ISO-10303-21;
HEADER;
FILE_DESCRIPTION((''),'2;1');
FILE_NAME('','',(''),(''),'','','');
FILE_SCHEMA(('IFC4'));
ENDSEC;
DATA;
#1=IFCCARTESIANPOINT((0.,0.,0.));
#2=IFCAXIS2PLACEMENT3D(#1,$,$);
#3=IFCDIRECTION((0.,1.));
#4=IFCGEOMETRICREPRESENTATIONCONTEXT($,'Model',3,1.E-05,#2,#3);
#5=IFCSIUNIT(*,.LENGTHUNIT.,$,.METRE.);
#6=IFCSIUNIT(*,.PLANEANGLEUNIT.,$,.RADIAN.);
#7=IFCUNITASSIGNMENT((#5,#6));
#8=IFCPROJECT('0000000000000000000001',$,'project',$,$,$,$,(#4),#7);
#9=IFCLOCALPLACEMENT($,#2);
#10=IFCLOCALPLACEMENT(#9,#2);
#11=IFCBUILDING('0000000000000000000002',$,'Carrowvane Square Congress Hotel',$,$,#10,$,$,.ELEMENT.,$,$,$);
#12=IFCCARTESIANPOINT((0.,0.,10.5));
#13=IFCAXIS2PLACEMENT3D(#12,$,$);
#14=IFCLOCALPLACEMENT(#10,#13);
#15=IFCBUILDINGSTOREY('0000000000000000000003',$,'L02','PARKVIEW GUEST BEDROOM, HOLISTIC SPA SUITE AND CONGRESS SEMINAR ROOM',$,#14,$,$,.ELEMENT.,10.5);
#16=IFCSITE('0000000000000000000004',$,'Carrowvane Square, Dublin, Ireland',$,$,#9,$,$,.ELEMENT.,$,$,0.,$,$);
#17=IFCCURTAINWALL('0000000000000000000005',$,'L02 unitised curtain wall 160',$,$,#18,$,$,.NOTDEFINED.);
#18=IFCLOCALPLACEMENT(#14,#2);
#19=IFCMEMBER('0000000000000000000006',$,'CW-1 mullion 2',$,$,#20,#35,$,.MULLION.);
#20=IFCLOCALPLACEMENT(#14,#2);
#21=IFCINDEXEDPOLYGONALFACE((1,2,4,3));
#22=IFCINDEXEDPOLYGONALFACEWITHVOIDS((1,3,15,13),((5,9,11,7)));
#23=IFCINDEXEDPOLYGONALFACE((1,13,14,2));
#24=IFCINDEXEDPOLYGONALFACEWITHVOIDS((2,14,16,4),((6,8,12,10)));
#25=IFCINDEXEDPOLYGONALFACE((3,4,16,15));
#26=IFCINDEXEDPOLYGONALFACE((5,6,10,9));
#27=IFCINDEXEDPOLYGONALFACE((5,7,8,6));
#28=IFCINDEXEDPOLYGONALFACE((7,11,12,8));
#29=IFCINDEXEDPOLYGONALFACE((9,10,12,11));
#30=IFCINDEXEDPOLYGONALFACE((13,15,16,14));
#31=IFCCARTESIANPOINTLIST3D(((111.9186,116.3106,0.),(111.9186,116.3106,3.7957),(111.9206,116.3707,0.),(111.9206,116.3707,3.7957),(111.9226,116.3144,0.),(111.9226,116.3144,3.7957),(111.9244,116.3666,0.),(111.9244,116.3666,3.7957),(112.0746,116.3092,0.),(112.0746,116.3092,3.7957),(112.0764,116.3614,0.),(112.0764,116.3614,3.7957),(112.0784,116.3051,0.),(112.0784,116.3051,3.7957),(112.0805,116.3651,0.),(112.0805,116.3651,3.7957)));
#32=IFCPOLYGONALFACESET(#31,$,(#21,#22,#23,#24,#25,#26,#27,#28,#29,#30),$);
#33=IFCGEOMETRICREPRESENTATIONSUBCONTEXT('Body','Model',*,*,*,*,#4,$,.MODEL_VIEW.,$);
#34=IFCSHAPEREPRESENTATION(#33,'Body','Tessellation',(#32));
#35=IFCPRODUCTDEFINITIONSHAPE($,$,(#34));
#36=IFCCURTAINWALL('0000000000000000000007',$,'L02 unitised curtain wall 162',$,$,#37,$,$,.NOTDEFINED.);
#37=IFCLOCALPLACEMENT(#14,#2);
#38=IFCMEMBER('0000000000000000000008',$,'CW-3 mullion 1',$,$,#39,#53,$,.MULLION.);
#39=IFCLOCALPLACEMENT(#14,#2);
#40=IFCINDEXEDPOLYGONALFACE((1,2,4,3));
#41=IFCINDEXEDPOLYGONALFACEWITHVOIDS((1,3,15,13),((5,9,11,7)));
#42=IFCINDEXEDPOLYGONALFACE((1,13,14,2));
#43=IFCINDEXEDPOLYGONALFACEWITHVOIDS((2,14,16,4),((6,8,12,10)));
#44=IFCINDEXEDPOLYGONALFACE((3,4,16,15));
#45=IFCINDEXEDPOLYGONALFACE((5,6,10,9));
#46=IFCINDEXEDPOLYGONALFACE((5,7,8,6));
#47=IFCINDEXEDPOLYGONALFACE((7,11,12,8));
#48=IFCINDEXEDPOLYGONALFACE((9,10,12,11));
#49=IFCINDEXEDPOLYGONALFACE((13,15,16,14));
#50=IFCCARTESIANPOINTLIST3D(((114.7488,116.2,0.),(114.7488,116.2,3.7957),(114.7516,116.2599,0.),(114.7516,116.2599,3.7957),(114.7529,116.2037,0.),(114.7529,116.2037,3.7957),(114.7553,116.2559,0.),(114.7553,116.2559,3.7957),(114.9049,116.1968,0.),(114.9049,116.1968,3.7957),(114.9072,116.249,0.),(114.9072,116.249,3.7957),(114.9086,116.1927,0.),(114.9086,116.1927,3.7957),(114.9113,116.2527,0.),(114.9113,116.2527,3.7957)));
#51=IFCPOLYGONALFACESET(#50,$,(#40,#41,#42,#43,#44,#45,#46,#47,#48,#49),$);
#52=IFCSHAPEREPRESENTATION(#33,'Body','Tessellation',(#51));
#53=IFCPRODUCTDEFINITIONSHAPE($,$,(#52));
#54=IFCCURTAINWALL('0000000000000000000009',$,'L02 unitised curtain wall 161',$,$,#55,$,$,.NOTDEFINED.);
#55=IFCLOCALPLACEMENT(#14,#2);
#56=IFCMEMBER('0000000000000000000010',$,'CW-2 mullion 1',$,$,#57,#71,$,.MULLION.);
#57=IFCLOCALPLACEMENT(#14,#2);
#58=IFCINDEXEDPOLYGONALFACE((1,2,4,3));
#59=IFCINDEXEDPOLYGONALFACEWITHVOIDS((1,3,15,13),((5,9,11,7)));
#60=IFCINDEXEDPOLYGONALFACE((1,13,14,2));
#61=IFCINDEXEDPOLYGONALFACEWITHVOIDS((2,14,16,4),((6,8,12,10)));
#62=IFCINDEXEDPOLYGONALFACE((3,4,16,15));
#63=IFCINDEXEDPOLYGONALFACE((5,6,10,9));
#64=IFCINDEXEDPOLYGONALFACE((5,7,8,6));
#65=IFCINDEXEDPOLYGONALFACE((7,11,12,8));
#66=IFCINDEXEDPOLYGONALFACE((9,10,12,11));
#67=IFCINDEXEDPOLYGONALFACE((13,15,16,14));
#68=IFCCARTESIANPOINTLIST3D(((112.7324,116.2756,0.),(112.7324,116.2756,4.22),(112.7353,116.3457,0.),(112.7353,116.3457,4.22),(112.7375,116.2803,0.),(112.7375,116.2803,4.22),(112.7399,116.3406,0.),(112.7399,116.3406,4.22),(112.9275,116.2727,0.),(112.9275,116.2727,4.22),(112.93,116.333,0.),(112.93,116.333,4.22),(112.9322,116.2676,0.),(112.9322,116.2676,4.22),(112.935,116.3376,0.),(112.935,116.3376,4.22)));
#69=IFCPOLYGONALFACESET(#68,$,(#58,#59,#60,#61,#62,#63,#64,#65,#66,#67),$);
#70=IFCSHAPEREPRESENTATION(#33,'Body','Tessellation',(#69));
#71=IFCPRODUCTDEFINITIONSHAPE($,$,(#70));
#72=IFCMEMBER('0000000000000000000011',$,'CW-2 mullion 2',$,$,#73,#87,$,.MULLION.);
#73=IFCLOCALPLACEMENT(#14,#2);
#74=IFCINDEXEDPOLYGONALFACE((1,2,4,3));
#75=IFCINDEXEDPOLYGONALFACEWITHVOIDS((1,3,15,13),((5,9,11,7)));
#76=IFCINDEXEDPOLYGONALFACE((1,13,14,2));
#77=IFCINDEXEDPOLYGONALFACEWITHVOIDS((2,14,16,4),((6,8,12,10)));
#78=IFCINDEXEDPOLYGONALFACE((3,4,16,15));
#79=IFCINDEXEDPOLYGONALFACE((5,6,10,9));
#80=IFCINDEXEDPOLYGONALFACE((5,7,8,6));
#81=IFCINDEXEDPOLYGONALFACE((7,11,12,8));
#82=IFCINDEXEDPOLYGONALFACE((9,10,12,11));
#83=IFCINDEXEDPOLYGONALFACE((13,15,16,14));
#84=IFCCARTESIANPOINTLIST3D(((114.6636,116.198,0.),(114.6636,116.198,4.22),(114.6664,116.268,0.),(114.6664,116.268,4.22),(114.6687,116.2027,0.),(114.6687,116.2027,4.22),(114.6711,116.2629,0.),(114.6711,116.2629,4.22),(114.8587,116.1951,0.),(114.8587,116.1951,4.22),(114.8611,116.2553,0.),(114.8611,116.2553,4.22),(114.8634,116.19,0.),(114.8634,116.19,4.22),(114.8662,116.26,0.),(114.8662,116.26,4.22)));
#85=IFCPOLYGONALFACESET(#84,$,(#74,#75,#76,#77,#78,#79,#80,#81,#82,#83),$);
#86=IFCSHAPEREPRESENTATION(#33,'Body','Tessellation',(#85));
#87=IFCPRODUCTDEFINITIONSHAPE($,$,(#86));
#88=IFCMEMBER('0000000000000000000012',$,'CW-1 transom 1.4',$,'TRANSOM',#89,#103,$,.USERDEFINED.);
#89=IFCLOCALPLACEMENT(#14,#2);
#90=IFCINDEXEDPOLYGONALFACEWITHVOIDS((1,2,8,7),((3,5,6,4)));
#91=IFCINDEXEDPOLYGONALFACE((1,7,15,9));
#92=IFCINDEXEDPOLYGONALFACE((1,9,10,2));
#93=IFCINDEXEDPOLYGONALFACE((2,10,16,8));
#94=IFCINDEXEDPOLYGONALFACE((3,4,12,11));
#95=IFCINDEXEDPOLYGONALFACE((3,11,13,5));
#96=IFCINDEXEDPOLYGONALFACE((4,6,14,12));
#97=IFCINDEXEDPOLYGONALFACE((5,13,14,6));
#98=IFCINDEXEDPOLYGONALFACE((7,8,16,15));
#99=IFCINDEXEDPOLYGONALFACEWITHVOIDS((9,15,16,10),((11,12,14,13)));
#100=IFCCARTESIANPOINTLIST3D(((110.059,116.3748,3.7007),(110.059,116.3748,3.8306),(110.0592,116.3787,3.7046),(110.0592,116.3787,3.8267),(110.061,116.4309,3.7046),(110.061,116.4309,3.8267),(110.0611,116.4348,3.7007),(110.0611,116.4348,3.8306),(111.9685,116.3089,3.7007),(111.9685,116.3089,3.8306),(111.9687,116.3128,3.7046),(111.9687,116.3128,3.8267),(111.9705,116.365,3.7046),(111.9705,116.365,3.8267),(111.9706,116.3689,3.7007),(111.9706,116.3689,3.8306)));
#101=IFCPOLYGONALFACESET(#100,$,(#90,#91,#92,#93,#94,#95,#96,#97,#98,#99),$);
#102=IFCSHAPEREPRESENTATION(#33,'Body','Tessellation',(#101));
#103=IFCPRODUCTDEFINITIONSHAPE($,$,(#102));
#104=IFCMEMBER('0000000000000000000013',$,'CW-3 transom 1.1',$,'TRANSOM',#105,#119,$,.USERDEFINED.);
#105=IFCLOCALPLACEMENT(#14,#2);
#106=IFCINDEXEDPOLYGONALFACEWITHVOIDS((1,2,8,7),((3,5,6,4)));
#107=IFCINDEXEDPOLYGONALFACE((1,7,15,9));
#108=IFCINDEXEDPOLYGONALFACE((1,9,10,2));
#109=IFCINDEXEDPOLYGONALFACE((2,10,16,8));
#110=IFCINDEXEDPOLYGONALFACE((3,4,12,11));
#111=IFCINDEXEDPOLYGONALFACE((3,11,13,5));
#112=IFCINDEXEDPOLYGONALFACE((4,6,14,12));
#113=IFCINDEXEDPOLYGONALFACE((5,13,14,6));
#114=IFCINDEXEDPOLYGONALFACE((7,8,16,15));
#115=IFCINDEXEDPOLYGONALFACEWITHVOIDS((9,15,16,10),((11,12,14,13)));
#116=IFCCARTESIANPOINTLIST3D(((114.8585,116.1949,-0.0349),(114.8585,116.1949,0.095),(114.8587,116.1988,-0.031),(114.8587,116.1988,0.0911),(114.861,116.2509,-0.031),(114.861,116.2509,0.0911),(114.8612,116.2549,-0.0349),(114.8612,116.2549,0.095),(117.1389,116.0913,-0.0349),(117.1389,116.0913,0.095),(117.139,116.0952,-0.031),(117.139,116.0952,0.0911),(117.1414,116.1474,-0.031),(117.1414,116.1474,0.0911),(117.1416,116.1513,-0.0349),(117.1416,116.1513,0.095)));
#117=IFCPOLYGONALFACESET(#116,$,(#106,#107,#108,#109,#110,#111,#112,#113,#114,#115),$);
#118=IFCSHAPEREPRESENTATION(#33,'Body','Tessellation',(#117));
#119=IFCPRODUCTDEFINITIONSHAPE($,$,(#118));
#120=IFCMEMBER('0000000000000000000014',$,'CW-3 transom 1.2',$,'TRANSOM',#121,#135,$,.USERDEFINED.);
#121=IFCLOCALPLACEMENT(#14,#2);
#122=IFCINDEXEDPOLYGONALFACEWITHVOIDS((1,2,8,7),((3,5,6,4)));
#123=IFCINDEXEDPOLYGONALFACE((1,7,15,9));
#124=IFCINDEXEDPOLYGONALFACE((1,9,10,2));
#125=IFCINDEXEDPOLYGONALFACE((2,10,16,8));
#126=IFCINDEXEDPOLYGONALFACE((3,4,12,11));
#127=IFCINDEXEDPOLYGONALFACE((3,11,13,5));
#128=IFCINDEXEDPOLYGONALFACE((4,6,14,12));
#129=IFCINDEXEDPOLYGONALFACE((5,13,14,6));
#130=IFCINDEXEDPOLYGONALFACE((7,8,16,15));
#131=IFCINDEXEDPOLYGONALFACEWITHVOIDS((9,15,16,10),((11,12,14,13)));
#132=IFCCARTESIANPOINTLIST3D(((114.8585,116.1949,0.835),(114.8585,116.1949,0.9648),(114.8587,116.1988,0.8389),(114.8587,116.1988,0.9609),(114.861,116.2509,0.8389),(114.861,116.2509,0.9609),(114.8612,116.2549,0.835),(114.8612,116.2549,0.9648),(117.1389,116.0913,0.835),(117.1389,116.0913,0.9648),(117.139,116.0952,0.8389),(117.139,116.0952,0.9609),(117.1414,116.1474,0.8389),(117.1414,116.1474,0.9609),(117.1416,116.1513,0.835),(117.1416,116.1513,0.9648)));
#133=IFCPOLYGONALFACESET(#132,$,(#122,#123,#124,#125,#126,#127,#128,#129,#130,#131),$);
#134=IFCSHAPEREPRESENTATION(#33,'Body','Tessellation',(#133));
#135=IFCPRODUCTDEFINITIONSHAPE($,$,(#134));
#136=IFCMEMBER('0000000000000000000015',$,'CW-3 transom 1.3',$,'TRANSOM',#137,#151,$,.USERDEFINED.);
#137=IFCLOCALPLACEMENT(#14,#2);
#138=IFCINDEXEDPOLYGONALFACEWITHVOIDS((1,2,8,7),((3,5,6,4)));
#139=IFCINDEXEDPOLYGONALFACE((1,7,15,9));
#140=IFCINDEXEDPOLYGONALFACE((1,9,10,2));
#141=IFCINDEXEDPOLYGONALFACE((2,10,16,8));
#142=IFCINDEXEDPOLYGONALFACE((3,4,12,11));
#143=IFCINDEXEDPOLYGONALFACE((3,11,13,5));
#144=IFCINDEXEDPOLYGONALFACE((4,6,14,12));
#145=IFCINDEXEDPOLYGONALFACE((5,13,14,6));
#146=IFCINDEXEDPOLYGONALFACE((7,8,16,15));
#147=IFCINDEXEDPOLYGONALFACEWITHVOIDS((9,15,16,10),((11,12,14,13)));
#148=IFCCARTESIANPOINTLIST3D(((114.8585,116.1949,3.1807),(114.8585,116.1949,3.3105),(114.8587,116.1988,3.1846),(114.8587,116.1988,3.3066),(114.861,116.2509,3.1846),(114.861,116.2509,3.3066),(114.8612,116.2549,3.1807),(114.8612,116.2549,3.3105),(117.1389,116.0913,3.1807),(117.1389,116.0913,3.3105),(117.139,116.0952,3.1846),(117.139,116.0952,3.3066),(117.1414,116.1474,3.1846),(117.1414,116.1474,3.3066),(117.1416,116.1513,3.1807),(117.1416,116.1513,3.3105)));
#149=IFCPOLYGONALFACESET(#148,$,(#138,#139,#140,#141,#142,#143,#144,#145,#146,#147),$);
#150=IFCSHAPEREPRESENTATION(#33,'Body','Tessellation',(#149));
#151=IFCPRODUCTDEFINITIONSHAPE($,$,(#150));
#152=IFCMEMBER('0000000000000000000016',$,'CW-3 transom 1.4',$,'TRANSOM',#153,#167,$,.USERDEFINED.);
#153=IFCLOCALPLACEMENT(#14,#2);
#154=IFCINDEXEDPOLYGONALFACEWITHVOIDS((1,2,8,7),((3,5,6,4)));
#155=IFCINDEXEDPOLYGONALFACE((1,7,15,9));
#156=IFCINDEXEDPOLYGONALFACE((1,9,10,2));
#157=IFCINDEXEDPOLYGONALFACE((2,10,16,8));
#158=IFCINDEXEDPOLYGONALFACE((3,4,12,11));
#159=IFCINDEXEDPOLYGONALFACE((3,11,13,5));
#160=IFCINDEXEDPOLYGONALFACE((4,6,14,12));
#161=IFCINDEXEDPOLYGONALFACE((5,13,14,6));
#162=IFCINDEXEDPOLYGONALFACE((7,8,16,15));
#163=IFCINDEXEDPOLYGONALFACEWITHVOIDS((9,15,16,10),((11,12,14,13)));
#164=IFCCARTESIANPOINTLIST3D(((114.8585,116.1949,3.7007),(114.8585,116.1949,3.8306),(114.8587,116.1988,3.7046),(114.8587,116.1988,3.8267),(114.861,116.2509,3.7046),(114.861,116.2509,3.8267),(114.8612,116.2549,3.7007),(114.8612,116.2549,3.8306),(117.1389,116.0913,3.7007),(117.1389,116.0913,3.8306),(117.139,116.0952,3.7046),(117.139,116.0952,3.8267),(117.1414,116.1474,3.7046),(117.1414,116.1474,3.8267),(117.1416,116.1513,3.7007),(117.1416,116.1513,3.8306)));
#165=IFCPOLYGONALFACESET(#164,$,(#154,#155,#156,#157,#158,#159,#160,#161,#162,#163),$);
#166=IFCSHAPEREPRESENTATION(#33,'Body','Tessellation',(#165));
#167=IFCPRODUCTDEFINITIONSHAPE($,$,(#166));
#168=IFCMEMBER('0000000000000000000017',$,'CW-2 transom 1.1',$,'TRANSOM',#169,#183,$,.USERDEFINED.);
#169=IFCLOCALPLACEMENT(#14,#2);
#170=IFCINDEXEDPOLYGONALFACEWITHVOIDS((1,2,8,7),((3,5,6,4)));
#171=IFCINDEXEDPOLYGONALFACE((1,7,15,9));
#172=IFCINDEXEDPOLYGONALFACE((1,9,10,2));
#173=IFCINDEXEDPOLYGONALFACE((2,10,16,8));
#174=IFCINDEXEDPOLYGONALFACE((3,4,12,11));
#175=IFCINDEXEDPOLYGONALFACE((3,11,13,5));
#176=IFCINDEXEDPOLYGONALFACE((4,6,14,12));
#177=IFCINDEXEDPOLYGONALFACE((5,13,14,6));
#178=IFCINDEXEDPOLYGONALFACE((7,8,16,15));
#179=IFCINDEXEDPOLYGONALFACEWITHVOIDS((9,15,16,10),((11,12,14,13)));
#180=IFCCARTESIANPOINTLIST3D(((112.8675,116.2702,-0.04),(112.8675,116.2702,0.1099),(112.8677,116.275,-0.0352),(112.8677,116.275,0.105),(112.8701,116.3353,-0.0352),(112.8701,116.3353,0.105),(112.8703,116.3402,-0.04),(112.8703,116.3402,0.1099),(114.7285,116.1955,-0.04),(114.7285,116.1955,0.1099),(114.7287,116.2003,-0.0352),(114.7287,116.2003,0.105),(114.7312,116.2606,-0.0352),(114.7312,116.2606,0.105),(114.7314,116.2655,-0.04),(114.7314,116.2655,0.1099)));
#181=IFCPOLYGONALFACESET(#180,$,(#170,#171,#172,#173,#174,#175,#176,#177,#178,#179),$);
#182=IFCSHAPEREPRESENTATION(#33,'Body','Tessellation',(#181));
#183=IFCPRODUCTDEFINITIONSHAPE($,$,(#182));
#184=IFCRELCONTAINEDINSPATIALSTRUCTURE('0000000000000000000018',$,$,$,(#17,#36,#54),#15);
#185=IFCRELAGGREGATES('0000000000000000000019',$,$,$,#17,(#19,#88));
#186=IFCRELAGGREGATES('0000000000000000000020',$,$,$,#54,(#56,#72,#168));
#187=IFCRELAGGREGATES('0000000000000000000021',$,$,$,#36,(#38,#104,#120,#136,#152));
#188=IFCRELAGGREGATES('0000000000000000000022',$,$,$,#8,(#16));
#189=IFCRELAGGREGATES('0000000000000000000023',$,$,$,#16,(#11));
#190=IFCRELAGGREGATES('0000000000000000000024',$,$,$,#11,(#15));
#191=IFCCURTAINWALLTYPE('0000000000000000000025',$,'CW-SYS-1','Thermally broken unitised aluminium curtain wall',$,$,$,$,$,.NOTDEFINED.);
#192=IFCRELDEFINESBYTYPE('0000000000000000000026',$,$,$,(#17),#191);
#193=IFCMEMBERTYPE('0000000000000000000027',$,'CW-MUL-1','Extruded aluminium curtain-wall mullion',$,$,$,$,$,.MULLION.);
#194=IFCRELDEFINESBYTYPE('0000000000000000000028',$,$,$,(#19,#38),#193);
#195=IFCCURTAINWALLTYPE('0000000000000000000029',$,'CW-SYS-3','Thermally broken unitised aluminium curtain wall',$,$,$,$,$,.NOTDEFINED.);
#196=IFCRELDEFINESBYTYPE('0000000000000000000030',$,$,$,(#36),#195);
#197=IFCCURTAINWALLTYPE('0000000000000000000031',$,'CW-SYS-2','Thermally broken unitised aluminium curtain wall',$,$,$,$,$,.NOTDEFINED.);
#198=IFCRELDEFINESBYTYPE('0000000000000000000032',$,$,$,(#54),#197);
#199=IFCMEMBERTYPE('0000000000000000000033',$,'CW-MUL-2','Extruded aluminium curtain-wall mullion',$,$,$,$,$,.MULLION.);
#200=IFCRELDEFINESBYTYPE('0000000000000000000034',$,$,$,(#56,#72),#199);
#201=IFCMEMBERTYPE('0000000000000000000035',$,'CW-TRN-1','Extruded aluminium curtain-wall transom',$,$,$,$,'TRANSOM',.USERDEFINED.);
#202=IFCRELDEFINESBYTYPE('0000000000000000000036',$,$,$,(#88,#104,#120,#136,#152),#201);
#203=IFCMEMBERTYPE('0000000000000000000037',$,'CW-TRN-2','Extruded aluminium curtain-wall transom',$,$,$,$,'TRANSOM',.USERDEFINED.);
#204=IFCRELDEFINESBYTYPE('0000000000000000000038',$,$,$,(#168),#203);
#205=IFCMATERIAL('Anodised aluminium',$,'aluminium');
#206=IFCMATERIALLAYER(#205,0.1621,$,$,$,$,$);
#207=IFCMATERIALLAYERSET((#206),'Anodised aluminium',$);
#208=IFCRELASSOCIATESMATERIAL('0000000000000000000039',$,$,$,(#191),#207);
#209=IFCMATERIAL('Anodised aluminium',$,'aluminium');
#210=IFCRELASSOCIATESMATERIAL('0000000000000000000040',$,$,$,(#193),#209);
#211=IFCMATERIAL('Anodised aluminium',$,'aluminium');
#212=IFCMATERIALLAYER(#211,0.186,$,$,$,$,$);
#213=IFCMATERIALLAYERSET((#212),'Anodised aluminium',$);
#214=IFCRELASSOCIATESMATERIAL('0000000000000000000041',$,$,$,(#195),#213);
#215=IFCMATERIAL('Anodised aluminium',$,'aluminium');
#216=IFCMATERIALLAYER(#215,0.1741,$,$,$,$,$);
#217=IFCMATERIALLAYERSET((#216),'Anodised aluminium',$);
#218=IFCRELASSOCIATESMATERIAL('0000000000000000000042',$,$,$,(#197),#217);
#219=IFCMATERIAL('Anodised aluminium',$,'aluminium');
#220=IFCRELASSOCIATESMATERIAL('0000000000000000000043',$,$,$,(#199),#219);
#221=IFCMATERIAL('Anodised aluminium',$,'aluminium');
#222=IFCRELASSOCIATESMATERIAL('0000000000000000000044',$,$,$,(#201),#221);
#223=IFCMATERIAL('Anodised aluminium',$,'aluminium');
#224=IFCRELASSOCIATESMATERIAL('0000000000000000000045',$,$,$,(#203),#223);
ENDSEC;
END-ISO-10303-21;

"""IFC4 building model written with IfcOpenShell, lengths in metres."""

from ifc_helpers import new_model, si_unit, direction, frame, origin, origin_2d, place, context, subcontext, project, spatial, hollow_rectangle, extrude, material, layer, layer_set, material_profile, profile_set, type_object, element, aggregate, save


model = new_model("IFC4")

# Units and contexts
model_context = context("Model", 3, precision=1e-05, world=origin(), true_north=direction((0.0, 1.0)))
body_context = subcontext(model_context, "Body", "Model", "MODEL_VIEW")
ifc_project = project(units=[si_unit("LENGTHUNIT", "METRE"), si_unit("PLANEANGLEUNIT", "RADIAN")], contexts=[model_context])

# Site, building, storey
site_placement = place(None, origin())
site = spatial("IfcSite", under=ifc_project, at=site_placement, Name="Carrowvane Square, Dublin, Ireland", CompositionType="ELEMENT", RefElevation=0.0)
building_placement = place(site_placement, origin())
building = spatial("IfcBuilding", under=site, at=building_placement, Name="Carrowvane Square Congress Hotel", CompositionType="ELEMENT")
storey_placement = place(building_placement, frame((0.0, 0.0, 10.5)))
storey = spatial("IfcBuildingStorey", under=building, at=storey_placement, Name="L02", Description="PARKVIEW GUEST BEDROOM, HOLISTIC SPA SUITE AND CONGRESS SEMINAR ROOM", CompositionType="ELEMENT", Elevation=10.5)

# Curtain walls, members
ifc_material_1 = material(Name="Anodised aluminium", Category="aluminium")
ifc_layer_1 = layer(ifc_material_1, 0.1621)
ifc_layer_set_1 = layer_set([ifc_layer_1], Name="Anodised aluminium")
curtain_wall_type_1 = type_object("IfcCurtainWallType", Name="CW-SYS-1", Description="Thermally broken unitised aluminium curtain wall", PredefinedType="NOTDEFINED", material=ifc_layer_set_1)
curtain_wall_1_placement = place(storey_placement, origin())
curtain_wall_1 = element("IfcCurtainWall", 1, at=curtain_wall_1_placement, inside=storey, type_object=curtain_wall_type_1, Name="L02 unitised curtain wall 160", PredefinedType="NOTDEFINED")
ifc_material_2 = material(Name="Anodised aluminium", Category="aluminium")
ifc_material_profile_1 = material_profile(ifc_material_2, hollow_rectangle(XDim=0.0601, YDim=0.1599, WallThickness=0.0039, at=origin_2d()), Name="CW-ML 60x160x4")
ifc_profile_set_1 = profile_set([ifc_material_profile_1], Name="Anodised aluminium")
member_type_1 = type_object("IfcMemberType", Name="CW-MUL-1", Description="Extruded aluminium curtain-wall mullion", PredefinedType="MULLION", material=ifc_profile_set_1)
member_1_placement = place(storey_placement, frame((111.9995, 116.3379, 0.0), z_axis=(0.0, 0.0, 1.0), x_axis=(0.03453, 0.999404, 0.0)))
member_1 = element("IfcMember", 2, at=member_1_placement, type_object=member_type_1, Name="CW-1 mullion 2", PredefinedType="MULLION", context=body_context, shape_type="SweptSolid", body=[
    extrude(hollow_rectangle(XDim=0.0601, YDim=0.1599, WallThickness=0.0039, at=origin_2d()), origin(), (0.0, 0.0, 1.0), 3.7957),
])
ifc_material_3 = material(Name="Anodised aluminium", Category="aluminium")
ifc_layer_2 = layer(ifc_material_3, 0.186)
ifc_layer_set_2 = layer_set([ifc_layer_2], Name="Anodised aluminium")
curtain_wall_type_2 = type_object("IfcCurtainWallType", Name="CW-SYS-3", Description="Thermally broken unitised aluminium curtain wall", PredefinedType="NOTDEFINED", material=ifc_layer_set_2)
curtain_wall_2_placement = place(storey_placement, origin())
curtain_wall_2 = element("IfcCurtainWall", 3, at=curtain_wall_2_placement, inside=storey, type_object=curtain_wall_type_2, Name="L02 unitised curtain wall 162", PredefinedType="NOTDEFINED")
member_2_placement = place(storey_placement, frame((114.8301, 116.2263, 0.0), z_axis=(0.0, 0.0, 1.0), x_axis=(0.045411, 0.998968, 0.0)))
member_2 = element("IfcMember", 4, at=member_2_placement, type_object=member_type_1, Name="CW-3 mullion 1", PredefinedType="MULLION", context=body_context, shape_type="SweptSolid", body=[
    extrude(hollow_rectangle(XDim=0.0601, YDim=0.1599, WallThickness=0.0039, at=origin_2d()), origin(), (0.0, 0.0, 1.0), 3.7957),
])

# Curtain wall, members
ifc_material_4 = material(Name="Anodised aluminium", Category="aluminium")
ifc_layer_3 = layer(ifc_material_4, 0.1741)
ifc_layer_set_3 = layer_set([ifc_layer_3], Name="Anodised aluminium")
curtain_wall_type_3 = type_object("IfcCurtainWallType", Name="CW-SYS-2", Description="Thermally broken unitised aluminium curtain wall", PredefinedType="NOTDEFINED", material=ifc_layer_set_3)
curtain_wall_3_placement = place(storey_placement, origin())
curtain_wall_3 = element("IfcCurtainWall", 5, at=curtain_wall_3_placement, inside=storey, type_object=curtain_wall_type_3, Name="L02 unitised curtain wall 161", PredefinedType="NOTDEFINED")
ifc_material_5 = material(Name="Anodised aluminium", Category="aluminium")
ifc_material_profile_2 = material_profile(ifc_material_5, hollow_rectangle(XDim=0.0701, YDim=0.2, WallThickness=0.0049, at=origin_2d()), Name="CW-ML 70x200x5")
ifc_profile_set_2 = profile_set([ifc_material_profile_2], Name="Anodised aluminium")
member_type_2 = type_object("IfcMemberType", Name="CW-MUL-2", Description="Extruded aluminium curtain-wall mullion", PredefinedType="MULLION", material=ifc_profile_set_2)
member_3_placement = place(storey_placement, frame((112.8337, 116.3066, 0.0), z_axis=(0.0, 0.0, 1.0), x_axis=(0.040131, 0.999194, 0.0)))
member_3 = element("IfcMember", 6, at=member_3_placement, type_object=member_type_2, Name="CW-2 mullion 1", PredefinedType="MULLION", context=body_context, shape_type="SweptSolid", body=[
    extrude(hollow_rectangle(XDim=0.0701, YDim=0.2, WallThickness=0.0049, at=origin_2d()), origin(), (0.0, 0.0, 1.0), 4.22),
])
member_4_placement = place(storey_placement, frame((114.7649, 116.229, 0.0), z_axis=(0.0, 0.0, 1.0), x_axis=(0.040131, 0.999194, 0.0)))
member_4 = element("IfcMember", 7, at=member_4_placement, type_object=member_type_2, Name="CW-2 mullion 2", PredefinedType="MULLION", context=body_context, shape_type="SweptSolid", body=[
    extrude(hollow_rectangle(XDim=0.0701, YDim=0.2, WallThickness=0.0049, at=origin_2d()), origin(), (0.0, 0.0, 1.0), 4.22),
])

# Members
ifc_material_6 = material(Name="Anodised aluminium", Category="aluminium")
ifc_material_profile_3 = material_profile(ifc_material_6, hollow_rectangle(XDim=0.0601, YDim=0.1299, WallThickness=0.0039, at=origin_2d()), Name="CW-TR 60x130x4")
ifc_profile_set_3 = profile_set([ifc_material_profile_3], Name="Anodised aluminium")
member_type_3 = type_object("IfcMemberType", Name="CW-TRN-1", Description="Extruded aluminium curtain-wall transom", ElementType="TRANSOM", PredefinedType="USERDEFINED", material=ifc_profile_set_3)
member_5_placement = place(storey_placement, frame((110.0601, 116.4048, 3.7656), z_axis=(0.999405, -0.034502, 0.0), x_axis=(0.034502, 0.999405, 0.0)))
member_5 = element("IfcMember", 8, at=member_5_placement, type_object=member_type_3, Name="CW-1 transom 1.4", ObjectType="TRANSOM", PredefinedType="USERDEFINED", context=body_context, shape_type="SweptSolid", body=[
    extrude(hollow_rectangle(XDim=0.0601, YDim=0.1299, WallThickness=0.0039, at=origin_2d()), origin(), (0.0, 0.0, 1.0), 1.9106),
])
member_6_placement = place(storey_placement, frame((114.8599, 116.2249, 0.03), z_axis=(0.998971, -0.045349, 0.0), x_axis=(0.045349, 0.998971, 0.0)))
member_6 = element("IfcMember", 9, at=member_6_placement, type_object=member_type_3, Name="CW-3 transom 1.1", ObjectType="TRANSOM", PredefinedType="USERDEFINED", context=body_context, shape_type="SweptSolid", body=[
    extrude(hollow_rectangle(XDim=0.0601, YDim=0.1299, WallThickness=0.0039, at=origin_2d()), origin(), (0.0, 0.0, 1.0), 2.2827),
])
member_7_placement = place(storey_placement, frame((114.8599, 116.2249, 0.8999), z_axis=(0.998971, -0.045349, 0.0), x_axis=(0.045349, 0.998971, 0.0)))
member_7 = element("IfcMember", 10, at=member_7_placement, type_object=member_type_3, Name="CW-3 transom 1.2", ObjectType="TRANSOM", PredefinedType="USERDEFINED", context=body_context, shape_type="SweptSolid", body=[
    extrude(hollow_rectangle(XDim=0.0601, YDim=0.1299, WallThickness=0.0039, at=origin_2d()), origin(), (0.0, 0.0, 1.0), 2.2827),
])
member_8_placement = place(storey_placement, frame((114.8599, 116.2249, 3.2456), z_axis=(0.998971, -0.045349, 0.0), x_axis=(0.045349, 0.998971, 0.0)))
member_8 = element("IfcMember", 11, at=member_8_placement, type_object=member_type_3, Name="CW-3 transom 1.3", ObjectType="TRANSOM", PredefinedType="USERDEFINED", context=body_context, shape_type="SweptSolid", body=[
    extrude(hollow_rectangle(XDim=0.0601, YDim=0.1299, WallThickness=0.0039, at=origin_2d()), origin(), (0.0, 0.0, 1.0), 2.2827),
])
member_9_placement = place(storey_placement, frame((114.8599, 116.2249, 3.7656), z_axis=(0.998971, -0.045349, 0.0), x_axis=(0.045349, 0.998971, 0.0)))
member_9 = element("IfcMember", 12, at=member_9_placement, type_object=member_type_3, Name="CW-3 transom 1.4", ObjectType="TRANSOM", PredefinedType="USERDEFINED", context=body_context, shape_type="SweptSolid", body=[
    extrude(hollow_rectangle(XDim=0.0601, YDim=0.1299, WallThickness=0.0039, at=origin_2d()), origin(), (0.0, 0.0, 1.0), 2.2827),
])
ifc_material_7 = material(Name="Anodised aluminium", Category="aluminium")
ifc_material_profile_4 = material_profile(ifc_material_7, hollow_rectangle(XDim=0.0701, YDim=0.1499, WallThickness=0.0049, at=origin_2d()), Name="CW-TR 70x150x5")
ifc_profile_set_4 = profile_set([ifc_material_profile_4], Name="Anodised aluminium")
member_type_4 = type_object("IfcMemberType", Name="CW-TRN-2", Description="Extruded aluminium curtain-wall transom", ElementType="TRANSOM", PredefinedType="USERDEFINED", material=ifc_profile_set_4)
member_10_placement = place(storey_placement, frame((112.8689, 116.3052, 0.0349), z_axis=(0.999195, -0.040109, 0.0), x_axis=(0.040109, 0.999195, 0.0)))
member_10 = element("IfcMember", 13, at=member_10_placement, type_object=member_type_4, Name="CW-2 transom 1.1", ObjectType="TRANSOM", PredefinedType="USERDEFINED", context=body_context, shape_type="SweptSolid", body=[
    extrude(hollow_rectangle(XDim=0.0701, YDim=0.1499, WallThickness=0.0049, at=origin_2d()), origin(), (0.0, 0.0, 1.0), 1.8625),
])

aggregate(curtain_wall_1, [member_1, member_5])
aggregate(curtain_wall_3, [member_3, member_4, member_10])
aggregate(curtain_wall_2, [member_2, member_6, member_7, member_8, member_9])

save(model, "model.ifc")
